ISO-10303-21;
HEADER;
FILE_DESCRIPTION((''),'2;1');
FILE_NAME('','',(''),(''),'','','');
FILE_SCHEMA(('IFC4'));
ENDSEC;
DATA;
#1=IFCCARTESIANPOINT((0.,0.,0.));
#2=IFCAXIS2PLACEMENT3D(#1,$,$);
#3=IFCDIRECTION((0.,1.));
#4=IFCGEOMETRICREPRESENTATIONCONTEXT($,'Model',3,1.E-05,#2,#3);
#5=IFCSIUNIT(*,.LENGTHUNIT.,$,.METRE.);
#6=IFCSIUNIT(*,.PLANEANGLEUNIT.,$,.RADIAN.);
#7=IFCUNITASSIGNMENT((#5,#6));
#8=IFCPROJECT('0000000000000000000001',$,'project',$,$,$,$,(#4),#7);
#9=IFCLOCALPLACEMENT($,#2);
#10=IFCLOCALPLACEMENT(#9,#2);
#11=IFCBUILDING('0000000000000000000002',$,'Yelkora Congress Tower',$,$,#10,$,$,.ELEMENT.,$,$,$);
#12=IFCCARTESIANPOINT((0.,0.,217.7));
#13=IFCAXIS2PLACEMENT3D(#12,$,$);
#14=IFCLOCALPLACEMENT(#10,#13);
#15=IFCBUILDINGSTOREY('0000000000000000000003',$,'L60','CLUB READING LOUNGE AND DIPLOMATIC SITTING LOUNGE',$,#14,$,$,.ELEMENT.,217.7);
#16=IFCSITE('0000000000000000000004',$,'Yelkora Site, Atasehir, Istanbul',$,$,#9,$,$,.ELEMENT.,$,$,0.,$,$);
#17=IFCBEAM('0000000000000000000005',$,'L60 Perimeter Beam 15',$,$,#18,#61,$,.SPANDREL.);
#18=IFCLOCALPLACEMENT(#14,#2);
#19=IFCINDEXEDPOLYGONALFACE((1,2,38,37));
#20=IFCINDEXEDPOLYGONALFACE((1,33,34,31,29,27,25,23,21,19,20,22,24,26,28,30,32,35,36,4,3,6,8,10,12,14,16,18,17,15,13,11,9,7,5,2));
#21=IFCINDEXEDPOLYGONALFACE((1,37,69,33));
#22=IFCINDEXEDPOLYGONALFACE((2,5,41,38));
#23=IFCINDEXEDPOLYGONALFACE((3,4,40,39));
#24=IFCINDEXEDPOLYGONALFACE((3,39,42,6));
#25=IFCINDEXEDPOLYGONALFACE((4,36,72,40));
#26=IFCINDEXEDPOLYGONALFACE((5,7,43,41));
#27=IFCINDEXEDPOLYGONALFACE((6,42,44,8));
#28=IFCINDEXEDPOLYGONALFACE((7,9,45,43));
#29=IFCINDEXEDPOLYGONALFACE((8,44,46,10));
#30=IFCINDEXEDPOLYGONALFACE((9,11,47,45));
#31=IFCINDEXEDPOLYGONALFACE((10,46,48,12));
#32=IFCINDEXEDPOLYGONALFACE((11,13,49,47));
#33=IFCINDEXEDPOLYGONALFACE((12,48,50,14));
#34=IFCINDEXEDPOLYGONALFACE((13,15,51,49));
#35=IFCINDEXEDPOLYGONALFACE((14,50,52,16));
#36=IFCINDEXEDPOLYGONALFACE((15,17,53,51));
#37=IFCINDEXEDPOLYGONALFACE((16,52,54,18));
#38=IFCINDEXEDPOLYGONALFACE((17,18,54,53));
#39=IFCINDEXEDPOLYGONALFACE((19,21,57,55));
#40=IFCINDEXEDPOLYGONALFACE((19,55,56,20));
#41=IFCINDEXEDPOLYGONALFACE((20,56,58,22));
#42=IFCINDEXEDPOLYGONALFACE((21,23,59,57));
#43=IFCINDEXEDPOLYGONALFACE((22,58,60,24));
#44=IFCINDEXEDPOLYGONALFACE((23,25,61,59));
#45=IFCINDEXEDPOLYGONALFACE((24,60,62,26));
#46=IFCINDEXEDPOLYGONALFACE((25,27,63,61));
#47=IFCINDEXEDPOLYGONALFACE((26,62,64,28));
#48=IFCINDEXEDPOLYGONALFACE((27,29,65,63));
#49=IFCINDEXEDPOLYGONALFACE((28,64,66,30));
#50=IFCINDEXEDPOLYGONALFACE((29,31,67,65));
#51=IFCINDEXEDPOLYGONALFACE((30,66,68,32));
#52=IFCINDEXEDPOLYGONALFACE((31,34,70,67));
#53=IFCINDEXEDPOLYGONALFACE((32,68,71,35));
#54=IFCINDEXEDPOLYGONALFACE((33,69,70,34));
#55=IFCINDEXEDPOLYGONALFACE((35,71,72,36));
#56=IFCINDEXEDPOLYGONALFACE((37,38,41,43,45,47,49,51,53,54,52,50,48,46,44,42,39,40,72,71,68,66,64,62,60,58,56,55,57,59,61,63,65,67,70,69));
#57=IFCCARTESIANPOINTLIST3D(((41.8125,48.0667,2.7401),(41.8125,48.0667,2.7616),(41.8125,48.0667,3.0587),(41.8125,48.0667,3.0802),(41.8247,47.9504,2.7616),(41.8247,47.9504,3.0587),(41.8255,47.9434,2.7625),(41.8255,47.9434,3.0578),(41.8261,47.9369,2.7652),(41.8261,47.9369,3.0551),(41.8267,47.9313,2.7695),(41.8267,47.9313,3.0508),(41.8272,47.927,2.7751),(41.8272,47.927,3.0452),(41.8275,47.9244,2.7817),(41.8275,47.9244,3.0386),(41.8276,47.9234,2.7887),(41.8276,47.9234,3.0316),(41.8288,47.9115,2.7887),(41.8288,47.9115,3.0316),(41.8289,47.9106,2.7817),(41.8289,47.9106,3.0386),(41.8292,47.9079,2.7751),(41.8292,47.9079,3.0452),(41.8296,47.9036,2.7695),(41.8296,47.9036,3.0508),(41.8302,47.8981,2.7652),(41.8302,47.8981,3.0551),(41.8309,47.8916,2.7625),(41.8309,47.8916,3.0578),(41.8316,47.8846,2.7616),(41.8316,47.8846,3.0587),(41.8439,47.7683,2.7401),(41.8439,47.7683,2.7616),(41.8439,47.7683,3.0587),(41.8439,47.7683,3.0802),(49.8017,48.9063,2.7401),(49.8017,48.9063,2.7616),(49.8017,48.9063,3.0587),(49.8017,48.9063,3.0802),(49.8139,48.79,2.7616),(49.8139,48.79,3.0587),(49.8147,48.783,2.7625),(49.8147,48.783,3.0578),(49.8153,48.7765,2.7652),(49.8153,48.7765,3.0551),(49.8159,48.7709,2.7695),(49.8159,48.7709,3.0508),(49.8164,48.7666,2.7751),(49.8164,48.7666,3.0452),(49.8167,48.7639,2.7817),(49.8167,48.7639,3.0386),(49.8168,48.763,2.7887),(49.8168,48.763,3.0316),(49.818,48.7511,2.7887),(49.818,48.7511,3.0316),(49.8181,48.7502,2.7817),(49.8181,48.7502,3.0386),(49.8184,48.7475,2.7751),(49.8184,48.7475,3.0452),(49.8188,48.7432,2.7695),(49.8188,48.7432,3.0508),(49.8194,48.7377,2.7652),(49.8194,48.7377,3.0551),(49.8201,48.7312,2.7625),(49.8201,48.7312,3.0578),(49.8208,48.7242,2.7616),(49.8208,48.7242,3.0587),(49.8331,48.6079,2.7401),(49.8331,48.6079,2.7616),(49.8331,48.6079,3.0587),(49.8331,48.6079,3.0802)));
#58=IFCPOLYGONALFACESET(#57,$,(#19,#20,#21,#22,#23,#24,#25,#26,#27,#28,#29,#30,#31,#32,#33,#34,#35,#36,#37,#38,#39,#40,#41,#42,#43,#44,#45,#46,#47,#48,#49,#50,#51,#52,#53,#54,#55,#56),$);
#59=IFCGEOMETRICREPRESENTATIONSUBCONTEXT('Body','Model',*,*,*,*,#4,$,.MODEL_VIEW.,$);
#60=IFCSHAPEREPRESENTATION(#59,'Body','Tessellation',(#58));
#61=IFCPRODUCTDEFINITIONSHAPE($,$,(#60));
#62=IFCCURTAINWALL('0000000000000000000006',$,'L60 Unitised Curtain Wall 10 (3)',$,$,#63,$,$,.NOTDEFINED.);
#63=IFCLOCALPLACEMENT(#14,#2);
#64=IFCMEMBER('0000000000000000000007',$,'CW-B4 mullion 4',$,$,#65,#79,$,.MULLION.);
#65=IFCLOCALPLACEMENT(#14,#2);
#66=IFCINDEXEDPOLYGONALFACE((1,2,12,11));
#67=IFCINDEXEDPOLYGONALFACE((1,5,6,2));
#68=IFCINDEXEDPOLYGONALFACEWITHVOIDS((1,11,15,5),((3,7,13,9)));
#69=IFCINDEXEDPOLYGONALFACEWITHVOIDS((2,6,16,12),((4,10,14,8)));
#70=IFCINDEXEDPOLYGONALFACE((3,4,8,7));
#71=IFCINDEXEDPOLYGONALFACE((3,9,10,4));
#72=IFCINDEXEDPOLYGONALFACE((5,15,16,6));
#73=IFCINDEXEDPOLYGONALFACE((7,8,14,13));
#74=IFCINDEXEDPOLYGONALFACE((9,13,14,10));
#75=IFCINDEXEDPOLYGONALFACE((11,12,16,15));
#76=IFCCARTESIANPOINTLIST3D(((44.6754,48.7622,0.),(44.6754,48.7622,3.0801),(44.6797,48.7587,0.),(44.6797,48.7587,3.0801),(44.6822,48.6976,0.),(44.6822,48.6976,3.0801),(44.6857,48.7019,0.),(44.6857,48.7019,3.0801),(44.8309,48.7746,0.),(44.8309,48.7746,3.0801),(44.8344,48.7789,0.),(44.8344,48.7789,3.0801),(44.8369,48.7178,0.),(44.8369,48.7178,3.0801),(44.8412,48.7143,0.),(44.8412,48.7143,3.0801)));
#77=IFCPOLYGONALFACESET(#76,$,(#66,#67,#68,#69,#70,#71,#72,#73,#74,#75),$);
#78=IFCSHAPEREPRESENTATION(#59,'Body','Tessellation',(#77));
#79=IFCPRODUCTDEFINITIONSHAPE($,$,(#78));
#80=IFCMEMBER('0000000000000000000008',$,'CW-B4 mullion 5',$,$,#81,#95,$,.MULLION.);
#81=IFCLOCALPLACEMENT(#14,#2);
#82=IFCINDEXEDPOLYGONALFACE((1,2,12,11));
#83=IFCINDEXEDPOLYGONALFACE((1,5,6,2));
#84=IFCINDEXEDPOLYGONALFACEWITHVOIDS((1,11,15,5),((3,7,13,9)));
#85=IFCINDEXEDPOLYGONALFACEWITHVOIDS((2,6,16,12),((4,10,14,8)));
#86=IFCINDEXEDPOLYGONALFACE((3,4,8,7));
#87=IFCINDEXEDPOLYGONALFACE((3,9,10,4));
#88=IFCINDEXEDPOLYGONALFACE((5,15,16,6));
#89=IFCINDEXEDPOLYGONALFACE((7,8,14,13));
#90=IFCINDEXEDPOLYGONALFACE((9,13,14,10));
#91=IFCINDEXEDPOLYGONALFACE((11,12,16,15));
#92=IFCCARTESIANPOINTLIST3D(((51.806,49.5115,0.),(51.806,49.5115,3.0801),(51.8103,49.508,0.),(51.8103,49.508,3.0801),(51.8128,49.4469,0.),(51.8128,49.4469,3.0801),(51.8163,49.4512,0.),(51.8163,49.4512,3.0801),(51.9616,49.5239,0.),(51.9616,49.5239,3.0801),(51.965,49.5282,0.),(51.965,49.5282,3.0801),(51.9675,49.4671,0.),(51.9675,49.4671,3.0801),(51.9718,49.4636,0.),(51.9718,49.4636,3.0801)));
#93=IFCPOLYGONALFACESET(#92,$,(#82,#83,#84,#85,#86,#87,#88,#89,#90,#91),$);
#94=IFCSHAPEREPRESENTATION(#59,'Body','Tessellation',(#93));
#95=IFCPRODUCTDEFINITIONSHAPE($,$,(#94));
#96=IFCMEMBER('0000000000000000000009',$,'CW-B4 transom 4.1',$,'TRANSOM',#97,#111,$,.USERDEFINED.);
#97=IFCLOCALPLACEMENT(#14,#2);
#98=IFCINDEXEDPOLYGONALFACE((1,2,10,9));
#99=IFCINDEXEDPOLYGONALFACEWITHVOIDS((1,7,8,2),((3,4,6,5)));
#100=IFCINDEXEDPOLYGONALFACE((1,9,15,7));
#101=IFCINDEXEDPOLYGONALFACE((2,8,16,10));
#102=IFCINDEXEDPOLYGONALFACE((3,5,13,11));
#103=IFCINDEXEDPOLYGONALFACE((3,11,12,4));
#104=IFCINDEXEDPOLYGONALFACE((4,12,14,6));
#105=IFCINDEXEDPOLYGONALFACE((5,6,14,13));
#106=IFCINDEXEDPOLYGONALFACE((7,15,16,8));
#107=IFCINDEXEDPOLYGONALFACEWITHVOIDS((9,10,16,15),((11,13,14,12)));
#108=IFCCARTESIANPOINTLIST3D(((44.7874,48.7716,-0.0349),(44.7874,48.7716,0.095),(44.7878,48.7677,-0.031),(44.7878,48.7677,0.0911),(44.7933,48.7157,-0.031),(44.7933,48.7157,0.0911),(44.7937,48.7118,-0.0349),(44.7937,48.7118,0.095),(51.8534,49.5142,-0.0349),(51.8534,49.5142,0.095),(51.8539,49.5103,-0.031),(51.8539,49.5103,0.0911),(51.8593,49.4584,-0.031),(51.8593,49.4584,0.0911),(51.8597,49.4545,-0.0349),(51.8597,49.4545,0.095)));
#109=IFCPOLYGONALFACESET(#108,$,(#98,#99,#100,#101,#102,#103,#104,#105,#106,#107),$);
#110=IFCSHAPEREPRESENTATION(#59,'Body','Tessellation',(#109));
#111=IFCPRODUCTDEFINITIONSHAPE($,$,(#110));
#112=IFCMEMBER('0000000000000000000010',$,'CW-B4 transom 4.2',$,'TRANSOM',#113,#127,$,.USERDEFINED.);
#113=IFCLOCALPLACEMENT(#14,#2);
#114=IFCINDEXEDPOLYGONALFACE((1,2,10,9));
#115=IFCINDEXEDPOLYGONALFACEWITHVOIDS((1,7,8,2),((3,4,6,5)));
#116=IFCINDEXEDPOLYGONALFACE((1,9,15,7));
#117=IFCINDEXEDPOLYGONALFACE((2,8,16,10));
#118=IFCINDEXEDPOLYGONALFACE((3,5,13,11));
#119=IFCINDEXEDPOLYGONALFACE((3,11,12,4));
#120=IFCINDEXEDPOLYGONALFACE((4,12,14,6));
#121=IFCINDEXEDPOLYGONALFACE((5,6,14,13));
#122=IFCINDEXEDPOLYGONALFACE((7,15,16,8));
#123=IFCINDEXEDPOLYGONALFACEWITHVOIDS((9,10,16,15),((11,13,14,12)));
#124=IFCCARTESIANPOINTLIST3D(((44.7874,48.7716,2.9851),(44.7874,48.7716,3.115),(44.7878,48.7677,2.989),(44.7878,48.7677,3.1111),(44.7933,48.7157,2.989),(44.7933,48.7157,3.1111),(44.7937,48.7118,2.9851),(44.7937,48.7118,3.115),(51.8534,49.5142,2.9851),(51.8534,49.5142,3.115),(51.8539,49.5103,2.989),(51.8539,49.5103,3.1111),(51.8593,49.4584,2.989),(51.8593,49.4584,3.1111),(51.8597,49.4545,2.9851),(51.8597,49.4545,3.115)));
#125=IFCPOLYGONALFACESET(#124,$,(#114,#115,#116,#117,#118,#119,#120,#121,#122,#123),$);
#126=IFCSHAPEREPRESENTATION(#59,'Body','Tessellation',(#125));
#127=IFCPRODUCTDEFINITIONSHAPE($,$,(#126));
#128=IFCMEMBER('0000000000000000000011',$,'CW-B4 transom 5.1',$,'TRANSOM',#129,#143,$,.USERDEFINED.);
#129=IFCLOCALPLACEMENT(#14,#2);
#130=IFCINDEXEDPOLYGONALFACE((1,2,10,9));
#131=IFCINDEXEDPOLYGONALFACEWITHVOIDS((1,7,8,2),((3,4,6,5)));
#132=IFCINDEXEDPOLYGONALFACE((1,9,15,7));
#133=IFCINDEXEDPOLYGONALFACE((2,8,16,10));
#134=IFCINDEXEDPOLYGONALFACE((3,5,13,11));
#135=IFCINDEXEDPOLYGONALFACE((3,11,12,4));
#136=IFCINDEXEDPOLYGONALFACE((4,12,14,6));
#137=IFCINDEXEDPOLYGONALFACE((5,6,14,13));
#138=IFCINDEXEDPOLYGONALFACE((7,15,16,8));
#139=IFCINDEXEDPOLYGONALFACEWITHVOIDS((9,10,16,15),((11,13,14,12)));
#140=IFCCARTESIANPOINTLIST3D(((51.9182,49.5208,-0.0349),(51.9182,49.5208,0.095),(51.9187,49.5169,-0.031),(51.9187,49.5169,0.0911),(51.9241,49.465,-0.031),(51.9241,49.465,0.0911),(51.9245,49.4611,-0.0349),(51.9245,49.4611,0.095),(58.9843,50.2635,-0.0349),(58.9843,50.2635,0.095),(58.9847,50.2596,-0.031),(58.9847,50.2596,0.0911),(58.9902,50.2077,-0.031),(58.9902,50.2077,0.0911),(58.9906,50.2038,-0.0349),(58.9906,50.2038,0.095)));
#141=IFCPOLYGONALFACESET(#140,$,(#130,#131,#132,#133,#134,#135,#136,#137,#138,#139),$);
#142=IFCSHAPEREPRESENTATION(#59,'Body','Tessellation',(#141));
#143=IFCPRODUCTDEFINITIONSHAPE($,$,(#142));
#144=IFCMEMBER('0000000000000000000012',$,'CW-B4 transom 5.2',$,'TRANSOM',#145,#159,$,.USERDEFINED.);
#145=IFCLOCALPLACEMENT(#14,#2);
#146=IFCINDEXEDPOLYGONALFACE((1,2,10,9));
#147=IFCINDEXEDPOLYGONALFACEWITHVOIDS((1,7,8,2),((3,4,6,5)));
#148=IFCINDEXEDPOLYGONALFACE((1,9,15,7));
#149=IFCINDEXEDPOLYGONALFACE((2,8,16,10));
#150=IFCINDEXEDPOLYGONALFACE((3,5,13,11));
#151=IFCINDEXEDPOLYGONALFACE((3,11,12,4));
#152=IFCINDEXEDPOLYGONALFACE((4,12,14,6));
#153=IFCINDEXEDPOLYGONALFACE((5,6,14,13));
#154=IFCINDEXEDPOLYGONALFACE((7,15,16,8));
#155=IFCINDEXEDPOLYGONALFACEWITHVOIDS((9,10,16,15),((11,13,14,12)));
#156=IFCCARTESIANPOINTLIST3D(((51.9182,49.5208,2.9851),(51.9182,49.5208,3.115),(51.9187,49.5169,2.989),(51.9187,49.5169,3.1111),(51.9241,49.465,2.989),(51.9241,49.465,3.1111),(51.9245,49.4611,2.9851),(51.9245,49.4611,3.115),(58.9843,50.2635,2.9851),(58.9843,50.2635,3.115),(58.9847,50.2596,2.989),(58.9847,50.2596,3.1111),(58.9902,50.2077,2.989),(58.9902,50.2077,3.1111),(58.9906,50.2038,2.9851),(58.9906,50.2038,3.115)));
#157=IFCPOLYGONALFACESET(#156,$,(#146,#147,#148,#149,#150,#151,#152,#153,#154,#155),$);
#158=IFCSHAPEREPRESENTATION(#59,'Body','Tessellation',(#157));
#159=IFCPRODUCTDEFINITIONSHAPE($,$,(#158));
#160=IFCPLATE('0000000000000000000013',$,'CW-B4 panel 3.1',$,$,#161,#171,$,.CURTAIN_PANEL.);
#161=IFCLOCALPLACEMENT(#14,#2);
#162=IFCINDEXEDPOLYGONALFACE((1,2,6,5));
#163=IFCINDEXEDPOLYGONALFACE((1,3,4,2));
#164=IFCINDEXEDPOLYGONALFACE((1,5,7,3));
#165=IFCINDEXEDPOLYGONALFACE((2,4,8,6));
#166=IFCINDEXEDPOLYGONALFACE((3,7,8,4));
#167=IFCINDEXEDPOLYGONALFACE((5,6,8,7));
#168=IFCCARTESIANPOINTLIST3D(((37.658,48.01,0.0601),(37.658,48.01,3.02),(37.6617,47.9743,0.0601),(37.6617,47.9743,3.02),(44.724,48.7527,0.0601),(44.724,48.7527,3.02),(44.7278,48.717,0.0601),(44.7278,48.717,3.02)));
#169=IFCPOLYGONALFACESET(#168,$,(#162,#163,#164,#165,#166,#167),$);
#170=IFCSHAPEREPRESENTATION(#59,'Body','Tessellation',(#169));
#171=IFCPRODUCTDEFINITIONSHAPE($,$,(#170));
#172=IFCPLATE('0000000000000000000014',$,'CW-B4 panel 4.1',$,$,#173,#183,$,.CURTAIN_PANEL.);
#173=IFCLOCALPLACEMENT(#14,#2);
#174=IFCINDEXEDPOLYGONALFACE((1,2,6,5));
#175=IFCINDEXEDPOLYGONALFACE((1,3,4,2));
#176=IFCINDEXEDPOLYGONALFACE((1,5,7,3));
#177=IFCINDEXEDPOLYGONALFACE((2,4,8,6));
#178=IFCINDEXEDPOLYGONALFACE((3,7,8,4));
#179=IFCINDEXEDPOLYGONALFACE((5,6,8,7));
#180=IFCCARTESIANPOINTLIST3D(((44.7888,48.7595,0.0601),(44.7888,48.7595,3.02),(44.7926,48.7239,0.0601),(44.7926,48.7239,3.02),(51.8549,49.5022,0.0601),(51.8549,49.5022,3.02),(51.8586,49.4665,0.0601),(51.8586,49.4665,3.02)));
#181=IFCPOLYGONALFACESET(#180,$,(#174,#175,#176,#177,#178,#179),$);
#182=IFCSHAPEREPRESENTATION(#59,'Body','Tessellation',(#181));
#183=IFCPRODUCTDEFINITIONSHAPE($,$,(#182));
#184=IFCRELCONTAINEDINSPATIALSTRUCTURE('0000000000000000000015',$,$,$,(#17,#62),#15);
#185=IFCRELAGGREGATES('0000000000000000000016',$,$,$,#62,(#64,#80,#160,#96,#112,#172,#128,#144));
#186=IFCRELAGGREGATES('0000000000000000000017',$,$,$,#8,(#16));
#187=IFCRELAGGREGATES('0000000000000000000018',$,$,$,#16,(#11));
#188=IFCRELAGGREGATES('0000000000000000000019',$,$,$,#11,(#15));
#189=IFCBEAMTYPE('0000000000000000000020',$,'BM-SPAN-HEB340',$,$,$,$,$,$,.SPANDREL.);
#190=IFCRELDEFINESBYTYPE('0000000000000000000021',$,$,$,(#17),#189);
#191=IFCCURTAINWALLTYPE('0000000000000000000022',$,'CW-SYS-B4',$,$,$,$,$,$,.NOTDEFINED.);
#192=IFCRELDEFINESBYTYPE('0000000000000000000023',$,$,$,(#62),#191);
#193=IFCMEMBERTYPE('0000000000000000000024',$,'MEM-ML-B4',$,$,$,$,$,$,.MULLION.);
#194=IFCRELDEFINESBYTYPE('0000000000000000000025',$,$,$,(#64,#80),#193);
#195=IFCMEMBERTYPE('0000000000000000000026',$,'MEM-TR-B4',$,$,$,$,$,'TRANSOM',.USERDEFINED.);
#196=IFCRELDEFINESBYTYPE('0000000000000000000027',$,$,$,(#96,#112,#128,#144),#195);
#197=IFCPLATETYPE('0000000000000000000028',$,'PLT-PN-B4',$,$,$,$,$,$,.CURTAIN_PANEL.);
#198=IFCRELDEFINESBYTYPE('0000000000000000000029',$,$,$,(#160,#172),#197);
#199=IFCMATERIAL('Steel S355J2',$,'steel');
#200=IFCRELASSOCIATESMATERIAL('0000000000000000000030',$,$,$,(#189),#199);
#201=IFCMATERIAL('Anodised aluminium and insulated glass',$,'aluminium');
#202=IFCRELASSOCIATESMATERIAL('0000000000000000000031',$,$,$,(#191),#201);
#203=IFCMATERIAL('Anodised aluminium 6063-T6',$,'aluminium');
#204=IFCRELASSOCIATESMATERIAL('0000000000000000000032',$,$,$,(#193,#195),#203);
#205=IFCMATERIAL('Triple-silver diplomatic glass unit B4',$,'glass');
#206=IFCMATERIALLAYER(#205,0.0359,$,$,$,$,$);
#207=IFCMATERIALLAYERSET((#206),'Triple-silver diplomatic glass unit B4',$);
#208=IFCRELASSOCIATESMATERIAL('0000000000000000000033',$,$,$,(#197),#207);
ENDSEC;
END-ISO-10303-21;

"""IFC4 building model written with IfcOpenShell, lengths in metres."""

from ifc_helpers import new_model, si_unit, direction, frame, origin, origin_2d, place, context, subcontext, project, spatial, rectangle, hollow_rectangle, i_section, extrude, material, layer, layer_set, material_profile, profile_set, type_object, element, aggregate, save


model = new_model("IFC4")

# Units and contexts
model_context = context("Model", 3, precision=1e-05, world=origin(), true_north=direction((0.0, 1.0)))
body_context = subcontext(model_context, "Body", "Model", "MODEL_VIEW")
ifc_project = project(units=[si_unit("LENGTHUNIT", "METRE"), si_unit("PLANEANGLEUNIT", "RADIAN")], contexts=[model_context])

# Site, building, storey
site_placement = place(None, origin())
site = spatial("IfcSite", under=ifc_project, at=site_placement, Name="Yelkora Site, Atasehir, Istanbul", CompositionType="ELEMENT", RefElevation=0.0)
building_placement = place(site_placement, origin())
building = spatial("IfcBuilding", under=site, at=building_placement, Name="Yelkora Congress Tower", CompositionType="ELEMENT")
storey_placement = place(building_placement, frame((0.0, 0.0, 217.7)))
storey = spatial("IfcBuildingStorey", under=building, at=storey_placement, Name="L60", Description="CLUB READING LOUNGE AND DIPLOMATIC SITTING LOUNGE", CompositionType="ELEMENT", Elevation=217.7)

# Shared definitions
ifc_material_1 = material(Name="Steel S355J2", Category="steel")

# Beam
ifc_material_profile_1 = material_profile(ifc_material_1, i_section(OverallWidth=0.3, OverallDepth=0.3401, WebThickness=0.012, FlangeThickness=0.0215, FilletRadius=0.0271, at=origin_2d()), Name="HEB 340")
ifc_profile_set_1 = profile_set([ifc_material_profile_1], Name="Steel S355J2")
beam_type_1 = type_object("IfcBeamType", Name="BM-SPAN-HEB340", PredefinedType="SPANDREL", material=ifc_profile_set_1)
beam_1_placement = place(storey_placement, frame((49.8174, 48.7571, 2.9102), z_axis=(-0.994523, -0.104516, 0.0), x_axis=(0.104516, -0.994523, 0.0)))
element("IfcBeam", 1, at=beam_1_placement, inside=storey, type_object=beam_type_1, Name="L60 Perimeter Beam 15", PredefinedType="SPANDREL", context=body_context, shape_type="SweptSolid", body=[
    extrude(i_section(OverallWidth=0.3, OverallDepth=0.3401, WebThickness=0.012, FlangeThickness=0.0215, FilletRadius=0.0271, at=origin_2d()), origin(), (0.0, 0.0, 1.0), 8.0332),
])

# Curtain wall, members, plates
ifc_material_2 = material(Name="Anodised aluminium and insulated glass", Category="aluminium")
curtain_wall_type = type_object("IfcCurtainWallType", Name="CW-SYS-B4", PredefinedType="NOTDEFINED", material=ifc_material_2)
curtain_wall_placement = place(storey_placement, origin())
curtain_wall = element("IfcCurtainWall", 2, at=curtain_wall_placement, inside=storey, type_object=curtain_wall_type, Name="L60 Unitised Curtain Wall 10 (3)", PredefinedType="NOTDEFINED")
ifc_material_3 = material(Name="Anodised aluminium 6063-T6", Category="aluminium")
ifc_material_profile_2 = material_profile(ifc_material_3, hollow_rectangle(XDim=0.0649, YDim=0.1599, WallThickness=0.0039, at=origin_2d()), Name="ALU 65x160x4")
ifc_profile_set_2 = profile_set([ifc_material_profile_2], Name="Anodised aluminium 6063-T6")
member_type_1 = type_object("IfcMemberType", Name="MEM-ML-B4", PredefinedType="MULLION", material=ifc_profile_set_2)
member_1_placement = place(storey_placement, frame((44.7583, 48.7383, 0.0), z_axis=(0.0, 0.0, 1.0), x_axis=(-0.104528, 0.994522, 0.0)))
member_1 = element("IfcMember", 3, at=member_1_placement, type_object=member_type_1, Name="CW-B4 mullion 4", PredefinedType="MULLION", context=body_context, shape_type="SweptSolid", body=[
    extrude(hollow_rectangle(XDim=0.0649, YDim=0.1599, WallThickness=0.0039, at=origin_2d()), origin(), (0.0, 0.0, 1.0), 3.0801),
])
member_2_placement = place(storey_placement, frame((51.8889, 49.4875, 0.0), z_axis=(0.0, 0.0, 1.0), x_axis=(-0.104528, 0.994522, 0.0)))
member_2 = element("IfcMember", 4, at=member_2_placement, type_object=member_type_1, Name="CW-B4 mullion 5", PredefinedType="MULLION", context=body_context, shape_type="SweptSolid", body=[
    extrude(hollow_rectangle(XDim=0.0649, YDim=0.1599, WallThickness=0.0039, at=origin_2d()), origin(), (0.0, 0.0, 1.0), 3.0801),
])
ifc_material_profile_3 = material_profile(ifc_material_3, hollow_rectangle(XDim=0.0601, YDim=0.1299, WallThickness=0.0039, at=origin_2d()), Name="ALU 60x130x4")
ifc_profile_set_3 = profile_set([ifc_material_profile_3], Name="Anodised aluminium 6063-T6")
member_type_2 = type_object("IfcMemberType", Name="MEM-TR-B4", ElementType="TRANSOM", PredefinedType="USERDEFINED", material=ifc_profile_set_3)
member_3_placement = place(storey_placement, frame((44.7905, 48.7417, 0.03), z_axis=(0.994522, 0.104527, 0.0), x_axis=(-0.104527, 0.994522, 0.0)))
member_3 = element("IfcMember", 5, at=member_3_placement, type_object=member_type_2, Name="CW-B4 transom 4.1", ObjectType="TRANSOM", PredefinedType="USERDEFINED", context=body_context, shape_type="SweptSolid", body=[
    extrude(hollow_rectangle(XDim=0.0601, YDim=0.1299, WallThickness=0.0039, at=origin_2d()), origin(), (0.0, 0.0, 1.0), 7.105),
])
member_4_placement = place(storey_placement, frame((44.7905, 48.7417, 3.05), z_axis=(0.994522, 0.104527, 0.0), x_axis=(-0.104527, 0.994522, 0.0)))
member_4 = element("IfcMember", 6, at=member_4_placement, type_object=member_type_2, Name="CW-B4 transom 4.2", ObjectType="TRANSOM", PredefinedType="USERDEFINED", context=body_context, shape_type="SweptSolid", body=[
    extrude(hollow_rectangle(XDim=0.0601, YDim=0.1299, WallThickness=0.0039, at=origin_2d()), origin(), (0.0, 0.0, 1.0), 7.105),
])
member_5_placement = place(storey_placement, frame((51.9214, 49.491, 0.03), z_axis=(0.994522, 0.104527, 0.0), x_axis=(-0.104527, 0.994522, 0.0)))
member_5 = element("IfcMember", 7, at=member_5_placement, type_object=member_type_2, Name="CW-B4 transom 5.1", ObjectType="TRANSOM", PredefinedType="USERDEFINED", context=body_context, shape_type="SweptSolid", body=[
    extrude(hollow_rectangle(XDim=0.0601, YDim=0.1299, WallThickness=0.0039, at=origin_2d()), origin(), (0.0, 0.0, 1.0), 7.105),
])
member_6_placement = place(storey_placement, frame((51.9214, 49.491, 3.05), z_axis=(0.994522, 0.104527, 0.0), x_axis=(-0.104527, 0.994522, 0.0)))
member_6 = element("IfcMember", 8, at=member_6_placement, type_object=member_type_2, Name="CW-B4 transom 5.2", ObjectType="TRANSOM", PredefinedType="USERDEFINED", context=body_context, shape_type="SweptSolid", body=[
    extrude(hollow_rectangle(XDim=0.0601, YDim=0.1299, WallThickness=0.0039, at=origin_2d()), origin(), (0.0, 0.0, 1.0), 7.105),
])
ifc_material_4 = material(Name="Triple-silver diplomatic glass unit B4", Category="glass")
ifc_layer_1 = layer(ifc_material_4, 0.0359)
ifc_layer_set_1 = layer_set([ifc_layer_1], Name="Triple-silver diplomatic glass unit B4")
plate_type = type_object("IfcPlateType", Name="PLT-PN-B4", PredefinedType="CURTAIN_PANEL", material=ifc_layer_set_1)
plate_1_placement = place(storey_placement, frame((41.1929, 48.3635, 0.0601), z_axis=(0.0, 0.0, 1.0), x_axis=(0.994522, 0.104528, 0.0)))
plate_1 = element("IfcPlate", 9, at=plate_1_placement, type_object=plate_type, Name="CW-B4 panel 3.1", PredefinedType="CURTAIN_PANEL", context=body_context, shape_type="SweptSolid", body=[
    extrude(rectangle(XDim=7.105, YDim=0.0359, at=origin_2d()), origin(), (0.0, 0.0, 1.0), 2.96),
])
plate_2_placement = place(storey_placement, frame((48.3237, 49.113, 0.0601), z_axis=(0.0, 0.0, 1.0), x_axis=(0.994522, 0.104528, 0.0)))
plate_2 = element("IfcPlate", 10, at=plate_2_placement, type_object=plate_type, Name="CW-B4 panel 4.1", PredefinedType="CURTAIN_PANEL", context=body_context, shape_type="SweptSolid", body=[
    extrude(rectangle(XDim=7.105, YDim=0.0359, at=origin_2d()), origin(), (0.0, 0.0, 1.0), 2.96),
])
aggregate(curtain_wall, [member_1, member_2, plate_1, member_3, member_4, plate_2, member_5, member_6])

save(model, "model.ifc")
